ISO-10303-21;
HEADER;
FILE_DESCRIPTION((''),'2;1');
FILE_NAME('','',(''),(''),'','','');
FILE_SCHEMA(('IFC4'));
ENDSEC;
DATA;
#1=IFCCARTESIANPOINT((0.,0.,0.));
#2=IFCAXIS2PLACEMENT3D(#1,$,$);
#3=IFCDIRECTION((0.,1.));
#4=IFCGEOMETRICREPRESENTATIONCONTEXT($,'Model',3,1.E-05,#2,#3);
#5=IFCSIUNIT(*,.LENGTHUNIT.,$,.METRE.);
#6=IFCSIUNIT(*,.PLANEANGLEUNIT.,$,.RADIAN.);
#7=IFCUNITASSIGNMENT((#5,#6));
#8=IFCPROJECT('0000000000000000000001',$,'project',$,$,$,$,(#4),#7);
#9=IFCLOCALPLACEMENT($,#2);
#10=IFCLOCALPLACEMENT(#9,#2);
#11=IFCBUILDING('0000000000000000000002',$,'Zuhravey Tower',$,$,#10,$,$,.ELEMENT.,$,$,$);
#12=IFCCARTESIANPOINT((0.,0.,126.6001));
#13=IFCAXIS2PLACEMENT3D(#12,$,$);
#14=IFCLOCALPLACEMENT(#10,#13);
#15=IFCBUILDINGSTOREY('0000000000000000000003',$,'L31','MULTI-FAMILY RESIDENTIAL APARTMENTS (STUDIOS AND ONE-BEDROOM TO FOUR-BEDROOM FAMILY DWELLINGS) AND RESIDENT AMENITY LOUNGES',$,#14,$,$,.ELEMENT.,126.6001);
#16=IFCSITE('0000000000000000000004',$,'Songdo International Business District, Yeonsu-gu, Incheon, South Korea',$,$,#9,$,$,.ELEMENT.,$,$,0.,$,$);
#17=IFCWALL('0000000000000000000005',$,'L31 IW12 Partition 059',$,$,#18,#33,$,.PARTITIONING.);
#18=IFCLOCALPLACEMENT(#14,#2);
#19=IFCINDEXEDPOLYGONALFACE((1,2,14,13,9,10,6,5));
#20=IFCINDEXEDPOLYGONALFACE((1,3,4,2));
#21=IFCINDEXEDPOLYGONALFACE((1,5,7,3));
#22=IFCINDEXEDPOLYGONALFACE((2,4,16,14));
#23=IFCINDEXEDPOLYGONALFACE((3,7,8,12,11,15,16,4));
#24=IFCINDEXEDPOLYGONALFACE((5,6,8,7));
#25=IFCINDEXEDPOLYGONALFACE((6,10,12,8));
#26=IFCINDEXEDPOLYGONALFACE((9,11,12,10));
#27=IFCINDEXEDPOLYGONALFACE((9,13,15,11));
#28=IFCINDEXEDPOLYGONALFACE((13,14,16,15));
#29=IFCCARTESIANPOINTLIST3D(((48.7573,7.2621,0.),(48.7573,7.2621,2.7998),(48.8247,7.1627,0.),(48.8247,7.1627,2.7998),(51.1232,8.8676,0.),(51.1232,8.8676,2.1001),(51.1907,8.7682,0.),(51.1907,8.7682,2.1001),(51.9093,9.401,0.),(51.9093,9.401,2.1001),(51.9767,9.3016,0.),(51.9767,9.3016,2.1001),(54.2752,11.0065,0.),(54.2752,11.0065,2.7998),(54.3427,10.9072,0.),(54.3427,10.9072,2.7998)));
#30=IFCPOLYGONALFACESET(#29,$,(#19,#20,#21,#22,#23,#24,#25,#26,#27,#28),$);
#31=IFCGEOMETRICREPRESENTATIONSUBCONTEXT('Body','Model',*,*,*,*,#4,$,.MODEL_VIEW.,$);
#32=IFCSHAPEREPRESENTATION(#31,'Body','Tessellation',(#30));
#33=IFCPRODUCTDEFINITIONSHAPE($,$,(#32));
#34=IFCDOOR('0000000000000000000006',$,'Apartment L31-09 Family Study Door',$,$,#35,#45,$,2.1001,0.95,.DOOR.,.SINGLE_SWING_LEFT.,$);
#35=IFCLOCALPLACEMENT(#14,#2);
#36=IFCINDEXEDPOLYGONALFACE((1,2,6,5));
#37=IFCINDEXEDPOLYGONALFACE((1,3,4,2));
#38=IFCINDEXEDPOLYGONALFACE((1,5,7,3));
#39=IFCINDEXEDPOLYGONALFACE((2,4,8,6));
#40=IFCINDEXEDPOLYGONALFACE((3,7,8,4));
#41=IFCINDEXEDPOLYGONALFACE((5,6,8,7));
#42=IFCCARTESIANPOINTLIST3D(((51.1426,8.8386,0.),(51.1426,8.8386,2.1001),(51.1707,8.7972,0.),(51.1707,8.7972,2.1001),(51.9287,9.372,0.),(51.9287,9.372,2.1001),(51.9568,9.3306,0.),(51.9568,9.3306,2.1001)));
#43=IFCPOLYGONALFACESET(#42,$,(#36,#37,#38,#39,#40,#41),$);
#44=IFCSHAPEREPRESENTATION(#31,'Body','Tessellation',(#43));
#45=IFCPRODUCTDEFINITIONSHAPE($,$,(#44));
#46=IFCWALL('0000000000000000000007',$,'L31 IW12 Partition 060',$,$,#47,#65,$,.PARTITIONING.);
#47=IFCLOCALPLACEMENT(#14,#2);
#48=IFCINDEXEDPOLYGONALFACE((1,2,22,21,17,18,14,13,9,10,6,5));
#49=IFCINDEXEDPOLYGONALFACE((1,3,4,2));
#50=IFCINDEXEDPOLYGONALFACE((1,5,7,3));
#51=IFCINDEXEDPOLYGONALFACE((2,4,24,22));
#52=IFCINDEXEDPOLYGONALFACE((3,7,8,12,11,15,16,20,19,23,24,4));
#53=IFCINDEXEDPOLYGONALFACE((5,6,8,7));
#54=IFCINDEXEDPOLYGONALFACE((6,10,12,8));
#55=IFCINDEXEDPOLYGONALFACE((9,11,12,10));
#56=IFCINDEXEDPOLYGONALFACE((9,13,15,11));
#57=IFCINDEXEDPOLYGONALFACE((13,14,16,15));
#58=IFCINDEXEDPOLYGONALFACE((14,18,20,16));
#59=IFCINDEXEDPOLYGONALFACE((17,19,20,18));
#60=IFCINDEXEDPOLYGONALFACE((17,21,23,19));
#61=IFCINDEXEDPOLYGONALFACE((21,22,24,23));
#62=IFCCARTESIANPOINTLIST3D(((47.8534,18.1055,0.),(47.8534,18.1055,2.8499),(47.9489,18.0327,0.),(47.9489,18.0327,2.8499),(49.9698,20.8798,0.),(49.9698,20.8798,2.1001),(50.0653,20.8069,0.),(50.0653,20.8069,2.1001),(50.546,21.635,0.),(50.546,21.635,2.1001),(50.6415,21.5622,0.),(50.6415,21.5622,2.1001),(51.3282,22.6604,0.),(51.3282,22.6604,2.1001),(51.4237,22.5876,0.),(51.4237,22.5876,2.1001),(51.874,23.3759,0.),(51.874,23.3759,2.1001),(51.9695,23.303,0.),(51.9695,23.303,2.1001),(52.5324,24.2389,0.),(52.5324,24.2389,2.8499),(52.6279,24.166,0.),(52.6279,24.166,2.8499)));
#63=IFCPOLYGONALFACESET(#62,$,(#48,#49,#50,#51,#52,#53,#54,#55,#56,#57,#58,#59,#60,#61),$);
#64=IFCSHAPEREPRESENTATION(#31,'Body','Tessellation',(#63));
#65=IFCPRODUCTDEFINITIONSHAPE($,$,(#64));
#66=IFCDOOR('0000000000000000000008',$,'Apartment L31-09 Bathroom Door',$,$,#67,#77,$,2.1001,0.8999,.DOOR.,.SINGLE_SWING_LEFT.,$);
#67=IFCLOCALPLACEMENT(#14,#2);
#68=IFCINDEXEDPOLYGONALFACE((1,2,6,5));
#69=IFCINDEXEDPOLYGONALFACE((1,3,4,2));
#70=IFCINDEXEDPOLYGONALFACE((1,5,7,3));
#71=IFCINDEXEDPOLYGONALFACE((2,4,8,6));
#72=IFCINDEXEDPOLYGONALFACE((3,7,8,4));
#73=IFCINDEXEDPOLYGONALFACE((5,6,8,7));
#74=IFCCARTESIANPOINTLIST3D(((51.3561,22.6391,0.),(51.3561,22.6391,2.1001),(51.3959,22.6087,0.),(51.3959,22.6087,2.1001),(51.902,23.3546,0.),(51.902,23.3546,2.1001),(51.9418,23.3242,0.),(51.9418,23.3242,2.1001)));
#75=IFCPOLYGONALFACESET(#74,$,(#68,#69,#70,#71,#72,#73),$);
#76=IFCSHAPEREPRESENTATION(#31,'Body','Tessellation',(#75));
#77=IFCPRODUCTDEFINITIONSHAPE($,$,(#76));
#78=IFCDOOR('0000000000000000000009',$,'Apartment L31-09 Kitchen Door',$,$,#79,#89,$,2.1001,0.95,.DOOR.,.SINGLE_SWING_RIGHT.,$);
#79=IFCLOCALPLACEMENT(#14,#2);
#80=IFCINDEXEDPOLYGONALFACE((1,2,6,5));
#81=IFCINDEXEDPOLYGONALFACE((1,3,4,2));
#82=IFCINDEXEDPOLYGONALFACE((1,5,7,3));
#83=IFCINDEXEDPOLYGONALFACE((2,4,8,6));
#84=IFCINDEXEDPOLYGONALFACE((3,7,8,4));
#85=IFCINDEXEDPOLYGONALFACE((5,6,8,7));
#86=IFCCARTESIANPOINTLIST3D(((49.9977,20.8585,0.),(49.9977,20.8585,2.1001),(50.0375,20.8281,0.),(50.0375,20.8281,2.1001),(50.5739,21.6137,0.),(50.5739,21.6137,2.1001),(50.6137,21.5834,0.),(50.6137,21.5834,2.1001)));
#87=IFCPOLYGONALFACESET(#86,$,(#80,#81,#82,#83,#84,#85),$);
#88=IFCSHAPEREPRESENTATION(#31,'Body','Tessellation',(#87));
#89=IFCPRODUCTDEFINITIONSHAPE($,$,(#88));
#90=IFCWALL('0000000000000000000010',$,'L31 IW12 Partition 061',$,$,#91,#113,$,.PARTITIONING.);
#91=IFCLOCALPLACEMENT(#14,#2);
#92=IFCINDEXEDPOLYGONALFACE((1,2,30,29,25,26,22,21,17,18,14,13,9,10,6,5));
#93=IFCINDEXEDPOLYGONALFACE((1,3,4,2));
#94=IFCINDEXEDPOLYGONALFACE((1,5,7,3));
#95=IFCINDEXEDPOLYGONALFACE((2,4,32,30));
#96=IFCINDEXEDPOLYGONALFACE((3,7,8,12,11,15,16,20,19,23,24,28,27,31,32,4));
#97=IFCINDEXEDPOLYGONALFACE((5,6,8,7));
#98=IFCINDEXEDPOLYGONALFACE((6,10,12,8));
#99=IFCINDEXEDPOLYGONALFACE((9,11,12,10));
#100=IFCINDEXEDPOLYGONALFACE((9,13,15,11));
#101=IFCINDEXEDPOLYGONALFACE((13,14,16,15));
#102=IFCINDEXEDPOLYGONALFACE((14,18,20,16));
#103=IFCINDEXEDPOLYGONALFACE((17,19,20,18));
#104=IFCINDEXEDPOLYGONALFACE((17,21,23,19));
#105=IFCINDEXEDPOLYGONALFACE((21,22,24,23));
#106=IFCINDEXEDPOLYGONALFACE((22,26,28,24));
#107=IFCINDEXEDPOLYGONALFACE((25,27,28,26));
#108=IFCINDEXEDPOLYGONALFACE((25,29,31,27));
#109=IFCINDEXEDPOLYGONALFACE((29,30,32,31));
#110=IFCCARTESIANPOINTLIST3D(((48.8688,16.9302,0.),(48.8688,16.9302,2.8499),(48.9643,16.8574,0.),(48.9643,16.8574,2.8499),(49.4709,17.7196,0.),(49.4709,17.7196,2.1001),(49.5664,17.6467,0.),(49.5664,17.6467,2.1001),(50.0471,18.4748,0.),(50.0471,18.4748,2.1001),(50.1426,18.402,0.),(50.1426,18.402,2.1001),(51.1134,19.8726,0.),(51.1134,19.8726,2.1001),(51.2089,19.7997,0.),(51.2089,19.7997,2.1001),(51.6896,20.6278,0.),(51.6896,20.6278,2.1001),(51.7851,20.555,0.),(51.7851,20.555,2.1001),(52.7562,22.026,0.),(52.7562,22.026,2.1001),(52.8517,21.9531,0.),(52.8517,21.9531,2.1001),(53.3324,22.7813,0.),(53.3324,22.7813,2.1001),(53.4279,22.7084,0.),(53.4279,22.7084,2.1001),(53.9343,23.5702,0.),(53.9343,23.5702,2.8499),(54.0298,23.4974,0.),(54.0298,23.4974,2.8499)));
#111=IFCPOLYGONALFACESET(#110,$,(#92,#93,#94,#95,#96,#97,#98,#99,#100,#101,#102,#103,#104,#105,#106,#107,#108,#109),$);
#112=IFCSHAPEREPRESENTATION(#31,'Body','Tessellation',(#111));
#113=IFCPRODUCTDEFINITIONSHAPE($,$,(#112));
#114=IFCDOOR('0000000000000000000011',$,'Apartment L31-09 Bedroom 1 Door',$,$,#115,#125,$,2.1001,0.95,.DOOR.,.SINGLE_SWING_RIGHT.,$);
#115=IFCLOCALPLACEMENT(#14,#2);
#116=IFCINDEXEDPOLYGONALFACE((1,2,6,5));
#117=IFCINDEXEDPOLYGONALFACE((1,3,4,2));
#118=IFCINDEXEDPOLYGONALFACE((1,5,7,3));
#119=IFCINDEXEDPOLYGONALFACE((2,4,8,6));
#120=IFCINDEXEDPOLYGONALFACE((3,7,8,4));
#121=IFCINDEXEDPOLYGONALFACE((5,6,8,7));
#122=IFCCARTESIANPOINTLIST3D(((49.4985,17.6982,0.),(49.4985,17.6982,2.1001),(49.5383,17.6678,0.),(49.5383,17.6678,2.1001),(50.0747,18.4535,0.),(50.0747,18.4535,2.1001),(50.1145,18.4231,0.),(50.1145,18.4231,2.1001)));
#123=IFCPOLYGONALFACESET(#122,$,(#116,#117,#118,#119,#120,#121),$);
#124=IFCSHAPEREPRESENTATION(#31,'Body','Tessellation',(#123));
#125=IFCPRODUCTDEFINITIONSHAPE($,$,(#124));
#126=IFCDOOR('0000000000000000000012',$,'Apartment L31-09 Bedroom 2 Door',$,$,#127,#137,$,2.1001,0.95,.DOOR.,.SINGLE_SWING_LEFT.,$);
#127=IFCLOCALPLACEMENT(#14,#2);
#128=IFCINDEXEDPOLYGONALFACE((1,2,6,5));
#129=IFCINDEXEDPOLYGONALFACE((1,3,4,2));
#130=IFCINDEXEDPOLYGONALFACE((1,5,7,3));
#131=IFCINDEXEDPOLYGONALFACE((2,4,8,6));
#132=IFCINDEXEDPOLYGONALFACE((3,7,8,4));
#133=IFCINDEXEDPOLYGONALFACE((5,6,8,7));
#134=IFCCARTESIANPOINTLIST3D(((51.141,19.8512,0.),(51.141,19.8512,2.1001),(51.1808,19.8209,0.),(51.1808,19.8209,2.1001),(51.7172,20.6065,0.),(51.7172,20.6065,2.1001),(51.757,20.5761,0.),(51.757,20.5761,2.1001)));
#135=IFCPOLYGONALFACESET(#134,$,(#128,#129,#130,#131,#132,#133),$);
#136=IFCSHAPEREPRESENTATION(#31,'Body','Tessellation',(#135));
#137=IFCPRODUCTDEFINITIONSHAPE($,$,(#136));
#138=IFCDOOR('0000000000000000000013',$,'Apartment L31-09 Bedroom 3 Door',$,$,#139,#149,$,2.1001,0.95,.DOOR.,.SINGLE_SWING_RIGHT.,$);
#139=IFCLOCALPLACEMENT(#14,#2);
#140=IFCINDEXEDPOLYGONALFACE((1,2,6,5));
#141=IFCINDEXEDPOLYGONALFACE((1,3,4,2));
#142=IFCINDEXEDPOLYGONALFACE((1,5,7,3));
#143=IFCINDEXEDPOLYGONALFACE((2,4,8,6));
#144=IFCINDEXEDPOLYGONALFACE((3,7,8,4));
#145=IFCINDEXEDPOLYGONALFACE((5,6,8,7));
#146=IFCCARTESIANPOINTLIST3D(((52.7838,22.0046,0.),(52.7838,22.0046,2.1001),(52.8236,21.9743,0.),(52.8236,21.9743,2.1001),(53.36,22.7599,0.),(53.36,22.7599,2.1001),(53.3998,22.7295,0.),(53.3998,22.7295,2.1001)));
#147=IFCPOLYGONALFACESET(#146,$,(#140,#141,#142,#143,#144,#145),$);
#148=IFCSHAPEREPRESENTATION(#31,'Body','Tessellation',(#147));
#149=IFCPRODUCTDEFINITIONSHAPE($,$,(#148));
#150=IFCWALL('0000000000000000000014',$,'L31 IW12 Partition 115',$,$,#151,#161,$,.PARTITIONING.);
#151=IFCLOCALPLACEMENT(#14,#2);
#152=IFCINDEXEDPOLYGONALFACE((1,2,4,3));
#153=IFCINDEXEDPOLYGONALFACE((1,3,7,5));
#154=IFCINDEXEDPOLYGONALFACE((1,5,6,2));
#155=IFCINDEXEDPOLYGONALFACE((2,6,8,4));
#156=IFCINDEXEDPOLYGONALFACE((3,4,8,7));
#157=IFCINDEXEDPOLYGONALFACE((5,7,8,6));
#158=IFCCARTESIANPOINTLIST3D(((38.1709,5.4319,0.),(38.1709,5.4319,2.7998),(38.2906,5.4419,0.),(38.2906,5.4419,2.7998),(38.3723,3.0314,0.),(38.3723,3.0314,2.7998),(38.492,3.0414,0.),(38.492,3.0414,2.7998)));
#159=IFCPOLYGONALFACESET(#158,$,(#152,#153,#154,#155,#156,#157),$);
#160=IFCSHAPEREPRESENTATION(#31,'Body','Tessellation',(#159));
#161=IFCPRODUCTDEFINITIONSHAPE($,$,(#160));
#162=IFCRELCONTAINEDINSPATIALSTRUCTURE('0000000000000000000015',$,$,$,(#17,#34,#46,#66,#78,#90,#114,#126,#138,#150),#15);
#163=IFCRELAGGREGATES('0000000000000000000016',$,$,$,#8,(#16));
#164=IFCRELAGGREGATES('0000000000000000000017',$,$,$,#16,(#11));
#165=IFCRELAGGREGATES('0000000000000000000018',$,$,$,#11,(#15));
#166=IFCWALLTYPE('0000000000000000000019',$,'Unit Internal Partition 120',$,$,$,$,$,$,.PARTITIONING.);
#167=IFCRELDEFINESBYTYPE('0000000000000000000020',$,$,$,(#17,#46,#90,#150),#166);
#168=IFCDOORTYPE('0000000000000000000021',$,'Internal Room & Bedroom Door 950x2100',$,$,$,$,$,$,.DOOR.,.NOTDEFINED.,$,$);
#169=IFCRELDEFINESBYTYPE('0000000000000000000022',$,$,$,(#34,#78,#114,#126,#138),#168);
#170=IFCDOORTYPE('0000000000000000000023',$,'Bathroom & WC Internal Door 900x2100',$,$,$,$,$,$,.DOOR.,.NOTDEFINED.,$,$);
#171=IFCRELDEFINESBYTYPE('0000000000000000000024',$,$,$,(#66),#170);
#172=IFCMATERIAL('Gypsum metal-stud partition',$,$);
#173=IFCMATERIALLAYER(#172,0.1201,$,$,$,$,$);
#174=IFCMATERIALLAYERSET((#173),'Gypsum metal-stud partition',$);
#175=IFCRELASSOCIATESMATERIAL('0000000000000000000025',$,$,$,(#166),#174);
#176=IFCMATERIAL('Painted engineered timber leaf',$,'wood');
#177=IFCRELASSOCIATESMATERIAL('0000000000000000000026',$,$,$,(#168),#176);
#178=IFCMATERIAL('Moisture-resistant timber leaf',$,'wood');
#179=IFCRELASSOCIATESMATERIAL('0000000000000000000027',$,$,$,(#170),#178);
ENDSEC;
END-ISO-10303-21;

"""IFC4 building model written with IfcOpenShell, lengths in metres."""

from ifc_helpers import new_model, si_unit, direction, frame, frame_2d, origin, place, context, subcontext, project, spatial, rectangle, extrude, material, layer, layer_set, type_object, element, fill, save


model = new_model("IFC4")

# Units and contexts
model_context = context("Model", 3, precision=1e-05, world=origin(), true_north=direction((0.0, 1.0)))
body_context = subcontext(model_context, "Body", "Model", "MODEL_VIEW")
ifc_project = project(units=[si_unit("LENGTHUNIT", "METRE"), si_unit("PLANEANGLEUNIT", "RADIAN")], contexts=[model_context])

# Site, building, storey
site_placement = place(None, origin())
site = spatial("IfcSite", under=ifc_project, at=site_placement, Name="Songdo International Business District, Yeonsu-gu, Incheon, South Korea", CompositionType="ELEMENT", RefElevation=0.0)
building_placement = place(site_placement, origin())
building = spatial("IfcBuilding", under=site, at=building_placement, Name="Zuhravey Tower", CompositionType="ELEMENT")
storey_placement = place(building_placement, frame((0.0, 0.0, 126.6001)))
storey = spatial("IfcBuildingStorey", under=building, at=storey_placement, Name="L31", Description="MULTI-FAMILY RESIDENTIAL APARTMENTS (STUDIOS AND ONE-BEDROOM TO FOUR-BEDROOM FAMILY DWELLINGS) AND RESIDENT AMENITY LOUNGES", CompositionType="ELEMENT", Elevation=126.6001)

# Wall, opening, door
ifc_material_1 = material(Name="Gypsum metal-stud partition")
ifc_layer = layer(ifc_material_1, 0.1201)
ifc_layer_set = layer_set([ifc_layer], Name="Gypsum metal-stud partition")
wall_type = type_object("IfcWallType", Name="Unit Internal Partition 120", PredefinedType="PARTITIONING", material=ifc_layer_set)
ifc_material_2 = material(Name="Painted engineered timber leaf", Category="wood")
door_type_1 = type_object("IfcDoorType", Name="Internal Room & Bedroom Door 950x2100", OperationType="NOTDEFINED", PredefinedType="DOOR", material=ifc_material_2)
wall_1_placement = place(storey_placement, frame((48.791, 7.2124, 0.0), z_axis=(0.0, 0.0, 1.0), x_axis=(0.827465, 0.561517, 0.0)))
wall_1 = element("IfcWall", 1, at=wall_1_placement, inside=storey, type_object=wall_type, Name="L31 IW12 Partition 059", PredefinedType="PARTITIONING", context=body_context, shape_type="SweptSolid", body=[
    extrude(rectangle(XDim=6.6685, YDim=0.1201, at=frame_2d((3.3342, 0.0))), origin(), (0.0, 0.0, 1.0), 2.7998),
])
opening_1_placement = place(wall_1_placement, frame((2.8591, 0.0, 0.0)))
opening_1 = element("IfcOpeningElement", 2, at=opening_1_placement, cuts=wall_1, PredefinedType="OPENING", context=body_context, shape_type="SweptSolid", body=[
    extrude(rectangle(XDim=0.95, YDim=2.1001, at=frame_2d((0.4751, 1.05))), frame((0.0, 0.072, 0.0), z_axis=(0.0, -1.0, 0.0), x_axis=(1.0, 0.0, 0.0)), (0.0, 0.0, 1.0), 0.144),
])
door_1_placement = place(opening_1_placement, frame((0.95, 0.0, 0.0), z_axis=(0.0, 0.0, 1.0), x_axis=(-1.0, 0.0, 0.0)))
door_1 = element("IfcDoor", 3, at=door_1_placement, inside=storey, type_object=door_type_1, Name="Apartment L31-09 Family Study Door", OperationType="SINGLE_SWING_LEFT", OverallHeight=2.1001, OverallWidth=0.95, PredefinedType="DOOR", context=body_context, shape_type="SweptSolid", body=[
    extrude(rectangle(XDim=0.95, YDim=2.1001, at=frame_2d((0.4751, 1.05))), frame((0.0, 0.0249, 0.0), z_axis=(0.0, -1.0, 0.0), x_axis=(1.0, 0.0, 0.0)), (0.0, 0.0, 1.0), 0.05),
])
fill(opening_1, door_1)

# Walls, openings, doors
wall_2_placement = place(storey_placement, frame((47.9011, 18.0691, 0.0), z_axis=(0.0, 0.0, 1.0), x_axis=(0.606532, 0.795059, 0.0)))
wall_2 = element("IfcWall", 4, at=wall_2_placement, inside=storey, type_object=wall_type, Name="L31 IW12 Partition 060", PredefinedType="PARTITIONING", context=body_context, shape_type="SweptSolid", body=[
    extrude(rectangle(XDim=7.7144, YDim=0.1201, at=frame_2d((3.8572, 0.0))), origin(), (0.0, 0.0, 1.0), 2.8499),
])
opening_2_placement = place(wall_2_placement, frame((3.4893, 0.0, 0.0)))
opening_2 = element("IfcOpeningElement", 5, at=opening_2_placement, cuts=wall_2, PredefinedType="OPENING", context=body_context, shape_type="SweptSolid", body=[
    extrude(rectangle(XDim=0.95, YDim=2.1001, at=frame_2d((0.4751, 1.05))), frame((0.0, 0.072, 0.0), z_axis=(0.0, -1.0, 0.0), x_axis=(1.0, 0.0, 0.0)), (0.0, 0.0, 1.0), 0.144),
])
opening_3_placement = place(wall_2_placement, frame((5.729, 0.0, 0.0)))
opening_3 = element("IfcOpeningElement", 6, at=opening_3_placement, cuts=wall_2, PredefinedType="OPENING", context=body_context, shape_type="SweptSolid", body=[
    extrude(rectangle(XDim=0.8999, YDim=2.1001, at=frame_2d((0.45, 1.05))), frame((0.0, 0.072, 0.0), z_axis=(0.0, -1.0, 0.0), x_axis=(1.0, 0.0, 0.0)), (0.0, 0.0, 1.0), 0.144),
])
ifc_material_3 = material(Name="Moisture-resistant timber leaf", Category="wood")
door_type_2 = type_object("IfcDoorType", Name="Bathroom & WC Internal Door 900x2100", OperationType="NOTDEFINED", PredefinedType="DOOR", material=ifc_material_3)
door_2_placement = place(opening_3_placement, origin())
door_2 = element("IfcDoor", 7, at=door_2_placement, inside=storey, type_object=door_type_2, Name="Apartment L31-09 Bathroom Door", OperationType="SINGLE_SWING_LEFT", OverallHeight=2.1001, OverallWidth=0.8999, PredefinedType="DOOR", context=body_context, shape_type="SweptSolid", body=[
    extrude(rectangle(XDim=0.8999, YDim=2.1001, at=frame_2d((0.45, 1.05))), frame((0.0, 0.0249, 0.0), z_axis=(0.0, -1.0, 0.0), x_axis=(1.0, 0.0, 0.0)), (0.0, 0.0, 1.0), 0.05),
])
fill(opening_3, door_2)
door_3_placement = place(opening_2_placement, origin())
door_3 = element("IfcDoor", 8, at=door_3_placement, inside=storey, type_object=door_type_1, Name="Apartment L31-09 Kitchen Door", OperationType="SINGLE_SWING_RIGHT", OverallHeight=2.1001, OverallWidth=0.95, PredefinedType="DOOR", context=body_context, shape_type="SweptSolid", body=[
    extrude(rectangle(XDim=0.95, YDim=2.1001, at=frame_2d((0.4751, 1.05))), frame((0.0, 0.0249, 0.0), z_axis=(0.0, -1.0, 0.0), x_axis=(1.0, 0.0, 0.0)), (0.0, 0.0, 1.0), 0.05),
])
fill(opening_2, door_3)
wall_3_placement = place(storey_placement, frame((48.9165, 16.8938, 0.0), z_axis=(0.0, 0.0, 1.0), x_axis=(0.606533, 0.795058, 0.0)))
wall_3 = element("IfcWall", 9, at=wall_3_placement, inside=storey, type_object=wall_type, Name="L31 IW12 Partition 061", PredefinedType="PARTITIONING", context=body_context, shape_type="SweptSolid", body=[
    extrude(rectangle(XDim=8.3516, YDim=0.1201, at=frame_2d((4.1758, 0.0))), origin(), (0.0, 0.0, 1.0), 2.8499),
])
opening_4_placement = place(wall_3_placement, frame((0.9927, 0.0, 0.0)))
opening_4 = element("IfcOpeningElement", 10, at=opening_4_placement, cuts=wall_3, PredefinedType="OPENING", context=body_context, shape_type="SweptSolid", body=[
    extrude(rectangle(XDim=0.95, YDim=2.1001, at=frame_2d((0.4751, 1.05))), frame((0.0, 0.072, 0.0), z_axis=(0.0, -1.0, 0.0), x_axis=(1.0, 0.0, 0.0)), (0.0, 0.0, 1.0), 0.144),
])
opening_5_placement = place(wall_3_placement, frame((3.7007, 0.0, 0.0)))
opening_5 = element("IfcOpeningElement", 11, at=opening_5_placement, cuts=wall_3, PredefinedType="OPENING", context=body_context, shape_type="SweptSolid", body=[
    extrude(rectangle(XDim=0.95, YDim=2.1001, at=frame_2d((0.4751, 1.05))), frame((0.0, 0.072, 0.0), z_axis=(0.0, -1.0, 0.0), x_axis=(1.0, 0.0, 0.0)), (0.0, 0.0, 1.0), 0.144),
])
opening_6_placement = place(wall_3_placement, frame((6.4092, 0.0, 0.0)))
opening_6 = element("IfcOpeningElement", 12, at=opening_6_placement, cuts=wall_3, PredefinedType="OPENING", context=body_context, shape_type="SweptSolid", body=[
    extrude(rectangle(XDim=0.95, YDim=2.1001, at=frame_2d((0.4751, 1.05))), frame((0.0, 0.072, 0.0), z_axis=(0.0, -1.0, 0.0), x_axis=(1.0, 0.0, 0.0)), (0.0, 0.0, 1.0), 0.144),
])
door_4_placement = place(opening_4_placement, frame((0.95, 0.0, 0.0), z_axis=(0.0, 0.0, 1.0), x_axis=(-1.0, 0.0, 0.0)))
door_4 = element("IfcDoor", 13, at=door_4_placement, inside=storey, type_object=door_type_1, Name="Apartment L31-09 Bedroom 1 Door", OperationType="SINGLE_SWING_RIGHT", OverallHeight=2.1001, OverallWidth=0.95, PredefinedType="DOOR", context=body_context, shape_type="SweptSolid", body=[
    extrude(rectangle(XDim=0.95, YDim=2.1001, at=frame_2d((0.4751, 1.05))), frame((0.0, 0.0249, 0.0), z_axis=(0.0, -1.0, 0.0), x_axis=(1.0, 0.0, 0.0)), (0.0, 0.0, 1.0), 0.05),
])
fill(opening_4, door_4)
door_5_placement = place(opening_5_placement, frame((0.95, 0.0, 0.0), z_axis=(0.0, 0.0, 1.0), x_axis=(-1.0, 0.0, 0.0)))
door_5 = element("IfcDoor", 14, at=door_5_placement, inside=storey, type_object=door_type_1, Name="Apartment L31-09 Bedroom 2 Door", OperationType="SINGLE_SWING_LEFT", OverallHeight=2.1001, OverallWidth=0.95, PredefinedType="DOOR", context=body_context, shape_type="SweptSolid", body=[
    extrude(rectangle(XDim=0.95, YDim=2.1001, at=frame_2d((0.4751, 1.05))), frame((0.0, 0.0249, 0.0), z_axis=(0.0, -1.0, 0.0), x_axis=(1.0, 0.0, 0.0)), (0.0, 0.0, 1.0), 0.05),
])
fill(opening_5, door_5)
door_6_placement = place(opening_6_placement, frame((0.95, 0.0, 0.0), z_axis=(0.0, 0.0, 1.0), x_axis=(-1.0, 0.0, 0.0)))
door_6 = element("IfcDoor", 15, at=door_6_placement, inside=storey, type_object=door_type_1, Name="Apartment L31-09 Bedroom 3 Door", OperationType="SINGLE_SWING_RIGHT", OverallHeight=2.1001, OverallWidth=0.95, PredefinedType="DOOR", context=body_context, shape_type="SweptSolid", body=[
    extrude(rectangle(XDim=0.95, YDim=2.1001, at=frame_2d((0.4751, 1.05))), frame((0.0, 0.0249, 0.0), z_axis=(0.0, -1.0, 0.0), x_axis=(1.0, 0.0, 0.0)), (0.0, 0.0, 1.0), 0.05),
])
fill(opening_6, door_6)

# Wall
wall_4_placement = place(storey_placement, frame((38.2307, 5.437, 0.0), z_axis=(0.0, 0.0, 1.0), x_axis=(0.083616, -0.996498, 0.0)))
element("IfcWall", 16, at=wall_4_placement, inside=storey, type_object=wall_type, Name="L31 IW12 Partition 115", PredefinedType="PARTITIONING", context=body_context, shape_type="SweptSolid", body=[
    extrude(rectangle(XDim=2.4089, YDim=0.1201, at=frame_2d((1.2046, 0.0))), origin(), (0.0, 0.0, 1.0), 2.7998),
])

save(model, "model.ifc")
